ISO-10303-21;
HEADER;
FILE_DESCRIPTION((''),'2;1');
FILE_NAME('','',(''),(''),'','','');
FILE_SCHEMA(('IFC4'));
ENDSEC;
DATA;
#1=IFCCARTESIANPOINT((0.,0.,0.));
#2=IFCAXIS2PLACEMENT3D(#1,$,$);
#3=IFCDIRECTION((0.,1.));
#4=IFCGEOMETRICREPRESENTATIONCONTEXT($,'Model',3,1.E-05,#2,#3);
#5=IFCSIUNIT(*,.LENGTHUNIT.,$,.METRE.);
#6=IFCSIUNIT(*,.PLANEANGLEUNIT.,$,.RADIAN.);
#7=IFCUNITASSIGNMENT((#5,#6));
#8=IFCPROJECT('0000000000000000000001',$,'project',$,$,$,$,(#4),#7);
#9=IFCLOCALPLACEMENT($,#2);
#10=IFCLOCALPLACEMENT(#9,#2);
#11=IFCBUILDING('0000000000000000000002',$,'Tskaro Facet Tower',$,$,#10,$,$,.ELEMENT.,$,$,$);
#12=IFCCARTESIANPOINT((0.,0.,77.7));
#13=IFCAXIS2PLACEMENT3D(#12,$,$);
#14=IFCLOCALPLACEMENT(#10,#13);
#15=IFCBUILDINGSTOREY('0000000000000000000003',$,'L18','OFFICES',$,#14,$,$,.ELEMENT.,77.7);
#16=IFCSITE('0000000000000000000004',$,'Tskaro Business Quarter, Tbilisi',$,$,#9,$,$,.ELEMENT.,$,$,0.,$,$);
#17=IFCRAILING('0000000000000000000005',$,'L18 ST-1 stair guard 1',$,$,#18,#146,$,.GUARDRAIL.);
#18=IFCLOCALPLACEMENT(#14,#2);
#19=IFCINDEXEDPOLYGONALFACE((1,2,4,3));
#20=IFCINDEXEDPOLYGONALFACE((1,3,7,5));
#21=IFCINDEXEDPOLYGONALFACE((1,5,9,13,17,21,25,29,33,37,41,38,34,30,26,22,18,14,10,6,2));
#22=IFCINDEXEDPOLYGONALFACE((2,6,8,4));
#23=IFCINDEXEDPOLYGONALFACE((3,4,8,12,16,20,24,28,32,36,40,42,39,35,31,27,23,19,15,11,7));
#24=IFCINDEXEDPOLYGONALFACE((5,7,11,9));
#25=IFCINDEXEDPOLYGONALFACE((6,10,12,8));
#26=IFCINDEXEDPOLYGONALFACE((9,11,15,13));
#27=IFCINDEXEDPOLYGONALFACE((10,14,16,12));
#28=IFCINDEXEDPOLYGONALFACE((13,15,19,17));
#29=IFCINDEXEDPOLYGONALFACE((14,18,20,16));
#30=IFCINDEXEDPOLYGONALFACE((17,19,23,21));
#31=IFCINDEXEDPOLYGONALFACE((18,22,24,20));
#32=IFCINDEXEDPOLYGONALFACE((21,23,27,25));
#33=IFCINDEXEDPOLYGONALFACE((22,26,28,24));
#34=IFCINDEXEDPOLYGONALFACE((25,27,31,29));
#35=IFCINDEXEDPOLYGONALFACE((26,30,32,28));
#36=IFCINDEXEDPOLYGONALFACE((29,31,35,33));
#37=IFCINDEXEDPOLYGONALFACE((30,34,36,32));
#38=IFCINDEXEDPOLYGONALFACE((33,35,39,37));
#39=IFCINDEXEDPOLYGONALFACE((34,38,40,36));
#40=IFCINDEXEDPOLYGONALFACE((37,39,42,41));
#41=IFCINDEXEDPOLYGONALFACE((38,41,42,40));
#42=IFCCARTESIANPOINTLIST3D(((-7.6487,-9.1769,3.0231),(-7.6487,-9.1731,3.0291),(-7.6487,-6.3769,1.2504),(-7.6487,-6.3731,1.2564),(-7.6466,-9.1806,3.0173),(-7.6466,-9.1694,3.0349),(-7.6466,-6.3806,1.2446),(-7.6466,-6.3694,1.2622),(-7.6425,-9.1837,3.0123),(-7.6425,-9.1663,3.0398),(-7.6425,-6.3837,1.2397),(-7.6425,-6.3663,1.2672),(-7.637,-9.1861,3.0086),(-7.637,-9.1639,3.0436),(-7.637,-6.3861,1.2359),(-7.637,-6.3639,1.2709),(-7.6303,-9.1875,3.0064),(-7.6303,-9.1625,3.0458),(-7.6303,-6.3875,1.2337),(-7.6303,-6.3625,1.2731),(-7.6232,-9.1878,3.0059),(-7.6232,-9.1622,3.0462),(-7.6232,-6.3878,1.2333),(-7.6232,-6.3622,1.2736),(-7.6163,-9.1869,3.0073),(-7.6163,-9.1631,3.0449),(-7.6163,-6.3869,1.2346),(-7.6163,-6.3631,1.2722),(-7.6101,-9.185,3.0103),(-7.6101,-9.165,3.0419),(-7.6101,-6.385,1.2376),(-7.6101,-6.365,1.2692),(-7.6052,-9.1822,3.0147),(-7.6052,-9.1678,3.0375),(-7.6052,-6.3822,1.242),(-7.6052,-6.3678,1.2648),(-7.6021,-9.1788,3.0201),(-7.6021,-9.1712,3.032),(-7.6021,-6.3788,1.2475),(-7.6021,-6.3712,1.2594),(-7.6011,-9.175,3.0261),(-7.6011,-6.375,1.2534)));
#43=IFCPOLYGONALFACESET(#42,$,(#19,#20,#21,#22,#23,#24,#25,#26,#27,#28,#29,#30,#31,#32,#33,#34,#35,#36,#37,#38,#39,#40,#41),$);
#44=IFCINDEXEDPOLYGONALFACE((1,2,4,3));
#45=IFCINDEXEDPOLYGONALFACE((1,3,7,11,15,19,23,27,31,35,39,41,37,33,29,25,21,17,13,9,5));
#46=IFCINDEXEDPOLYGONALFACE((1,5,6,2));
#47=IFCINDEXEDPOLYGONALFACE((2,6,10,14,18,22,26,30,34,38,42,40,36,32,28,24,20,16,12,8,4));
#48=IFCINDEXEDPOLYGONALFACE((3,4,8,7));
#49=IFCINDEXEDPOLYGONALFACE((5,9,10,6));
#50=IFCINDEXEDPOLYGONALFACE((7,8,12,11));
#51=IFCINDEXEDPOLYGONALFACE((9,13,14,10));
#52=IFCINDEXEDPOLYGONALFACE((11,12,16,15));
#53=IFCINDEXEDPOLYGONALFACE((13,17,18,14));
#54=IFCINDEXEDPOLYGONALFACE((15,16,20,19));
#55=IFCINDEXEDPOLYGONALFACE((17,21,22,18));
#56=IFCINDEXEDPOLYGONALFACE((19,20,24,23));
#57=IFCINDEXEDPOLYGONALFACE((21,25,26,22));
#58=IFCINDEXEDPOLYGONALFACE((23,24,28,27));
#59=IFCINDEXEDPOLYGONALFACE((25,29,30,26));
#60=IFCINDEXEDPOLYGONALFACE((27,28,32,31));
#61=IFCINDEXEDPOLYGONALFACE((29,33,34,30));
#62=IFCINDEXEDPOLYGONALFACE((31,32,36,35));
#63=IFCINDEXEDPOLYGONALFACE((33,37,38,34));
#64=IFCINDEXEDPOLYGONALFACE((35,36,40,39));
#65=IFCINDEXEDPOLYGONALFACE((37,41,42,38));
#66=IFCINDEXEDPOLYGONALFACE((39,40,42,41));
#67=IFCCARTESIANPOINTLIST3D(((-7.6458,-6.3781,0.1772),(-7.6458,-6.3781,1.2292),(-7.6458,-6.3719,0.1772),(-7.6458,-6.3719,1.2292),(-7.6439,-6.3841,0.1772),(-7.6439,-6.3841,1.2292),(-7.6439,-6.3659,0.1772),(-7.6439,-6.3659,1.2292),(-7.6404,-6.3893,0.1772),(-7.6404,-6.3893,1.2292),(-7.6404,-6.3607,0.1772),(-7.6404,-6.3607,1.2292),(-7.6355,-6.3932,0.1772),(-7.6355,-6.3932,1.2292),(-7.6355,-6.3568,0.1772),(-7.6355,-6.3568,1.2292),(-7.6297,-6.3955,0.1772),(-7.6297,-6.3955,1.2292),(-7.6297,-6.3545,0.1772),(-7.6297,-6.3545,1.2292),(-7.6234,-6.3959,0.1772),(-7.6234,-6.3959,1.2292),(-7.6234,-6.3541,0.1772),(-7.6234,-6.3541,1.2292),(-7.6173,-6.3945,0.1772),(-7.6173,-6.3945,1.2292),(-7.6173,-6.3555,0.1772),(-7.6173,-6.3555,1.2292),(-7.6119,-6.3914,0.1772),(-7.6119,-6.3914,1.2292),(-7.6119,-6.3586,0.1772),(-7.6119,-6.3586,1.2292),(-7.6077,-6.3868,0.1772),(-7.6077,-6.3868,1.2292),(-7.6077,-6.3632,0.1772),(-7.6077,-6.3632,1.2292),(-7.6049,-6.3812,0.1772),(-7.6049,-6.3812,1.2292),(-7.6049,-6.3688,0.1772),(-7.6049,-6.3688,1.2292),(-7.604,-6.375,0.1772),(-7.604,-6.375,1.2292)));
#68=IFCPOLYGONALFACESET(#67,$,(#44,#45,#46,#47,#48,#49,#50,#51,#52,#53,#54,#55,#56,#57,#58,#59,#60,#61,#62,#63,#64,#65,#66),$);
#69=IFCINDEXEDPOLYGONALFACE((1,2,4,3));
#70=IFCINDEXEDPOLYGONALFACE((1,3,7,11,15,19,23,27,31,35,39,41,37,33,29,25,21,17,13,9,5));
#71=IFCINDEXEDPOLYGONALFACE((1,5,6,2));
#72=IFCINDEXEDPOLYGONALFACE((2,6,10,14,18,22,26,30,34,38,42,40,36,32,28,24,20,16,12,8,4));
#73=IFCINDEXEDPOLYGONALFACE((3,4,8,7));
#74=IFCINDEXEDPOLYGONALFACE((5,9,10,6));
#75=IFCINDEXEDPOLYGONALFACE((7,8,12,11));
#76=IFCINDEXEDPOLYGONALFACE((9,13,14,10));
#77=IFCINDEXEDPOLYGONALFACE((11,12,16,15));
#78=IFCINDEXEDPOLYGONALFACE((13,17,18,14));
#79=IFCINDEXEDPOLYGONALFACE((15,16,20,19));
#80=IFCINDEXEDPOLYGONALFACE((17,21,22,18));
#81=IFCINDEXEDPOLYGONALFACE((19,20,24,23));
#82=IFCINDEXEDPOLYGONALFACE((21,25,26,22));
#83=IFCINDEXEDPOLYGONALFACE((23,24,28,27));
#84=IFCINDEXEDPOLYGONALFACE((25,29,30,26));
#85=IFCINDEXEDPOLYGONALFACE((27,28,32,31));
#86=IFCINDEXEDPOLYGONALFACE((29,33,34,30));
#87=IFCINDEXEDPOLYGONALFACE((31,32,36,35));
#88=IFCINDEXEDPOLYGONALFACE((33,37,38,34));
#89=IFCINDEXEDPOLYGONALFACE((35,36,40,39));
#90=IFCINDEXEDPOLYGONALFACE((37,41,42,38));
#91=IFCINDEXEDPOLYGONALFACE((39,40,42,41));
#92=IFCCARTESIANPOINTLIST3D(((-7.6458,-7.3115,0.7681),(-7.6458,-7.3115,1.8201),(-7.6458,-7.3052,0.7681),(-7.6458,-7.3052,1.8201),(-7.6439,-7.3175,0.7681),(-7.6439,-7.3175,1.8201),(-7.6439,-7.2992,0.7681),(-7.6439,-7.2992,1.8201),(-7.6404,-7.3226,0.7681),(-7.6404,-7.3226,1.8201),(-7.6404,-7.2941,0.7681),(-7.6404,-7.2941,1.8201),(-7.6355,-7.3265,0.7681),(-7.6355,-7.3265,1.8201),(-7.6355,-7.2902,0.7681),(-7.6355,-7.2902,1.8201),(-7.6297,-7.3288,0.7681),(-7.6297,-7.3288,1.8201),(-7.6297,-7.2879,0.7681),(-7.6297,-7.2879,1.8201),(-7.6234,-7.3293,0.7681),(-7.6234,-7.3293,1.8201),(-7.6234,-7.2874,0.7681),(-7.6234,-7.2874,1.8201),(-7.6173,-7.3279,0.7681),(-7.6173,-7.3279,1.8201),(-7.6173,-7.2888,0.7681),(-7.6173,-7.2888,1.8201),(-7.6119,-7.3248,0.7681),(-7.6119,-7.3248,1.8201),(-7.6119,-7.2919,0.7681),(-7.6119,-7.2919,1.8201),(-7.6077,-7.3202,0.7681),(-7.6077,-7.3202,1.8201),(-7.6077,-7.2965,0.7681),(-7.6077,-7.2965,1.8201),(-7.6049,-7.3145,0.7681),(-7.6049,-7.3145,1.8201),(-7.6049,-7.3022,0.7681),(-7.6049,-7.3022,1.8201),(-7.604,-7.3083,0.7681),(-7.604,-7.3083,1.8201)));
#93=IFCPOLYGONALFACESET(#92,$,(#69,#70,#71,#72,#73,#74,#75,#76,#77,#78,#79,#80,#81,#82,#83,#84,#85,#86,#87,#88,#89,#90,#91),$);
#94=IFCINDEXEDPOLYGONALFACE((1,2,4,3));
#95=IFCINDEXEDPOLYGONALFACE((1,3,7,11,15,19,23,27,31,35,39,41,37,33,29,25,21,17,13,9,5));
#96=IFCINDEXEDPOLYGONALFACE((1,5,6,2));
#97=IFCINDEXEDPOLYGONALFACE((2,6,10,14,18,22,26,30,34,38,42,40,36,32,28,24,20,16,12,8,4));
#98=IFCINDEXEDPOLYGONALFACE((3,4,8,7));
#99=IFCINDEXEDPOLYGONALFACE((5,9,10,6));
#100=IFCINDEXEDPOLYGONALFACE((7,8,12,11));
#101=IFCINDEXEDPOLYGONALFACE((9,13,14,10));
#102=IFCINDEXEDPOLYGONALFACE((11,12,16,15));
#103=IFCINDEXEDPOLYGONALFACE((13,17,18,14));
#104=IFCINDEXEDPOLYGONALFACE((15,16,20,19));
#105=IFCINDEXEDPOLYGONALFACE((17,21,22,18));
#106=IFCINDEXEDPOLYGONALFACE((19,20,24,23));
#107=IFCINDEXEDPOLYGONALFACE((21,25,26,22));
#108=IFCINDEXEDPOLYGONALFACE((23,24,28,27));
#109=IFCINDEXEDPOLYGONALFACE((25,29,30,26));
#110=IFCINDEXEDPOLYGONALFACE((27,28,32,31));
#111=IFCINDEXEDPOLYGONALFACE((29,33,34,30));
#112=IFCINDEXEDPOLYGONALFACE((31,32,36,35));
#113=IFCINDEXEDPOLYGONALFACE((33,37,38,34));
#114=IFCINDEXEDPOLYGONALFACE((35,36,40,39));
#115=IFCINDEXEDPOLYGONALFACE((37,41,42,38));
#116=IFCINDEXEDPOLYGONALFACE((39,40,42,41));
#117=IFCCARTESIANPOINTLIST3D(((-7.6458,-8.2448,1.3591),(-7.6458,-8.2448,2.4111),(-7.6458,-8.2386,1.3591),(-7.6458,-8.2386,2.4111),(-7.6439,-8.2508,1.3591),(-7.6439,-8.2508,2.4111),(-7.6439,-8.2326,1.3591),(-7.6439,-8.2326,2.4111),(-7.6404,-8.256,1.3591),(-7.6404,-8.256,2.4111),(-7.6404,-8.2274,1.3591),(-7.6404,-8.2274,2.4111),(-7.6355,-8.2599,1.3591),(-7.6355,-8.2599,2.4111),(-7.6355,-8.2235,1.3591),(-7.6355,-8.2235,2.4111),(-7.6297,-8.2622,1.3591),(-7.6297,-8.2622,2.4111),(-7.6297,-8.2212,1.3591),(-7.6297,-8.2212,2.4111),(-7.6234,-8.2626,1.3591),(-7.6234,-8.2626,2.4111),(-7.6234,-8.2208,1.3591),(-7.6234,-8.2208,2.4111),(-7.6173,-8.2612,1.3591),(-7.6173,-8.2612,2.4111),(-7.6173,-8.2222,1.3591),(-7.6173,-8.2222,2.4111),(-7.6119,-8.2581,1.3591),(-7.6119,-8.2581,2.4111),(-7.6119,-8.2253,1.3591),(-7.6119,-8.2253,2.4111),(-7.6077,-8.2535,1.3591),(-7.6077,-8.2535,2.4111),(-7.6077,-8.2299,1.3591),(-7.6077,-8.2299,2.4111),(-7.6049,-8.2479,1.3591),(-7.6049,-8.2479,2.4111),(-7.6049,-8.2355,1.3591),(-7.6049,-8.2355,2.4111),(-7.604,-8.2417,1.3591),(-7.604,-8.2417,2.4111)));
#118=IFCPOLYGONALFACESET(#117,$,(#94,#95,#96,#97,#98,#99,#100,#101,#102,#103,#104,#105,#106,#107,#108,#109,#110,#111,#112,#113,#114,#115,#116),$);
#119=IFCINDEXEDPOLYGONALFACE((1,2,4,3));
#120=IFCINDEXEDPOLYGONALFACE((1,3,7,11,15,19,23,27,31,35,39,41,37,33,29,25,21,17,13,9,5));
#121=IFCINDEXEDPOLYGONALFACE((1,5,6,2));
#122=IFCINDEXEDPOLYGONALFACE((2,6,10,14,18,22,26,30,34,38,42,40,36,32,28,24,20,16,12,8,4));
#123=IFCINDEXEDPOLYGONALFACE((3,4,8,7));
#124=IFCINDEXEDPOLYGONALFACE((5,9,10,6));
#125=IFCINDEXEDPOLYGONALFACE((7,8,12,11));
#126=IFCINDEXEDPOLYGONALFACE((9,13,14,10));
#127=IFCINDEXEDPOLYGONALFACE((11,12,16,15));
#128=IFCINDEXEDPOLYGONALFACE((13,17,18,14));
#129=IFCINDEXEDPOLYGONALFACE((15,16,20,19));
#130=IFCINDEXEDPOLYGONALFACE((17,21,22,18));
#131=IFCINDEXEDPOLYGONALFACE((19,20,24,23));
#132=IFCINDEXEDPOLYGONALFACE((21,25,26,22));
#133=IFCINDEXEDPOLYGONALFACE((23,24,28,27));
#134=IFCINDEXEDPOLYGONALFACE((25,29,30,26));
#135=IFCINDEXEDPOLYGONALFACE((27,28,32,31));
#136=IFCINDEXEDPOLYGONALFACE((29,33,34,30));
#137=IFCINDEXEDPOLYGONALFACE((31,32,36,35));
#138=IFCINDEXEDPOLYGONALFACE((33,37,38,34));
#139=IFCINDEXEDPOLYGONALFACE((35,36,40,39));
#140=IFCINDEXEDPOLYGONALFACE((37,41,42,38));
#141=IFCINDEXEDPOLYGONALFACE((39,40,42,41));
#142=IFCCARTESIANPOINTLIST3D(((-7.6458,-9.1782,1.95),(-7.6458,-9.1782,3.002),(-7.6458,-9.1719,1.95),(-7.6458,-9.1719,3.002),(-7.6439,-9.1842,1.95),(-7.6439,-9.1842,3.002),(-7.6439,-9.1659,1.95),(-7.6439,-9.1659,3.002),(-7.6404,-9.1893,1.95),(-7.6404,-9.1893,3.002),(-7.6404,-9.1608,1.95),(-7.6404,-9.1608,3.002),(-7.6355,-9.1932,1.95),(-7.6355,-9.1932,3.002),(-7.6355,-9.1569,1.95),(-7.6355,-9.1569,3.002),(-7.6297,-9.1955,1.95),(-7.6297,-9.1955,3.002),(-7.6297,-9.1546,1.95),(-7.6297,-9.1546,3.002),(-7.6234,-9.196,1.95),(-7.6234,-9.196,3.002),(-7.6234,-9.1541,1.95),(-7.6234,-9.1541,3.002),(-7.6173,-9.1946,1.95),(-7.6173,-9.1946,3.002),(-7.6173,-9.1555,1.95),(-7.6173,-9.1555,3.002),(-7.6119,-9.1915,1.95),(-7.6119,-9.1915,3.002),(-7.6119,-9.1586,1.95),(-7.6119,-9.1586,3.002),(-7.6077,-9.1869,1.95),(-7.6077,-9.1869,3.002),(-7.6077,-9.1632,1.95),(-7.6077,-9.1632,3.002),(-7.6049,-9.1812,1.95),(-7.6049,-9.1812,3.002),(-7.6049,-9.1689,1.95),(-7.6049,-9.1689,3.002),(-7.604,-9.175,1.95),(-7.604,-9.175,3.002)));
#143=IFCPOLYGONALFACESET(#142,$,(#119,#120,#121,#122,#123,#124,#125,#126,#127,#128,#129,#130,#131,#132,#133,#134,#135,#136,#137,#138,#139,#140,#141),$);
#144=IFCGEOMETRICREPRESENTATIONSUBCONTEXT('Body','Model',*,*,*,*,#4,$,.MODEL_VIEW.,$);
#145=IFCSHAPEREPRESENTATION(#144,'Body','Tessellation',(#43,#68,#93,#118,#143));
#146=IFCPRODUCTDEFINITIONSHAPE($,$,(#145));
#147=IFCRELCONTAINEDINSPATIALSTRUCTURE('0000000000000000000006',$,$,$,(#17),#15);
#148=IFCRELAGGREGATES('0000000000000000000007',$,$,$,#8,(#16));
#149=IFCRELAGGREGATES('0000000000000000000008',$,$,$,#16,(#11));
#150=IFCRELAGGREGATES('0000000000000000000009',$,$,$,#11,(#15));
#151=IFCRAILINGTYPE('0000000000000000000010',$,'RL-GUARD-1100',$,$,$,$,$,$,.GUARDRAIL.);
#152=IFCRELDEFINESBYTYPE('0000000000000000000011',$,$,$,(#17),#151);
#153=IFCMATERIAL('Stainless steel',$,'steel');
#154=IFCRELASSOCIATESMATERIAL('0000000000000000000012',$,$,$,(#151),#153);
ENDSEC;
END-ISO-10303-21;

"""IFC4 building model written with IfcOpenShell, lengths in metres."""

from ifc_helpers import new_model, si_unit, direction, frame, origin, origin_2d, place, context, subcontext, project, spatial, circle, extrude, material, type_object, element, save


model = new_model("IFC4")

# Units and contexts
model_context = context("Model", 3, precision=1e-05, world=origin(), true_north=direction((0.0, 1.0)))
body_context = subcontext(model_context, "Body", "Model", "MODEL_VIEW")
ifc_project = project(units=[si_unit("LENGTHUNIT", "METRE"), si_unit("PLANEANGLEUNIT", "RADIAN")], contexts=[model_context])

# Site, building, storey
site_placement = place(None, origin())
site = spatial("IfcSite", under=ifc_project, at=site_placement, Name="Tskaro Business Quarter, Tbilisi", CompositionType="ELEMENT", RefElevation=0.0)
building_placement = place(site_placement, origin())
building = spatial("IfcBuilding", under=site, at=building_placement, Name="Tskaro Facet Tower", CompositionType="ELEMENT")
storey_placement = place(building_placement, frame((0.0, 0.0, 77.7)))
storey = spatial("IfcBuildingStorey", under=building, at=storey_placement, Name="L18", Description="OFFICES", CompositionType="ELEMENT", Elevation=77.7)

# Shared definitions
ifc_material_1 = material(Name="Stainless steel", Category="steel")

# Railing
railing_type_1 = type_object("IfcRailingType", Name="RL-GUARD-1100", PredefinedType="GUARDRAIL", material=ifc_material_1)
railing_1_placement = place(storey_placement, frame((-7.625, -6.375, 0.1772)))
element("IfcRailing", 1, at=railing_1_placement, inside=storey, type_object=railing_type_1, Name="L18 ST-1 stair guard 1", PredefinedType="GUARDRAIL", context=body_context, shape_type="SweptSolid", body=[
    extrude(circle(Radius=0.0239, at=origin_2d()), frame((0.0, 0.0, 1.0762), z_axis=(0.0, -0.844909, 0.53491), x_axis=(1.0, 0.0, 0.0)), (0.0, 0.0, 1.0), 3.314),
    extrude(circle(Radius=0.021, at=origin_2d()), origin(), (0.0, 0.0, 1.0), 1.052),
    extrude(circle(Radius=0.021, at=origin_2d()), frame((0.0, -0.9333, 0.5908)), (0.0, 0.0, 1.0), 1.052),
    extrude(circle(Radius=0.021, at=origin_2d()), frame((0.0, -1.8667, 1.1819)), (0.0, 0.0, 1.0), 1.052),
    extrude(circle(Radius=0.021, at=origin_2d()), frame((0.0, -2.8, 1.7727)), (0.0, 0.0, 1.0), 1.052),
])

save(model, "model.ifc")
